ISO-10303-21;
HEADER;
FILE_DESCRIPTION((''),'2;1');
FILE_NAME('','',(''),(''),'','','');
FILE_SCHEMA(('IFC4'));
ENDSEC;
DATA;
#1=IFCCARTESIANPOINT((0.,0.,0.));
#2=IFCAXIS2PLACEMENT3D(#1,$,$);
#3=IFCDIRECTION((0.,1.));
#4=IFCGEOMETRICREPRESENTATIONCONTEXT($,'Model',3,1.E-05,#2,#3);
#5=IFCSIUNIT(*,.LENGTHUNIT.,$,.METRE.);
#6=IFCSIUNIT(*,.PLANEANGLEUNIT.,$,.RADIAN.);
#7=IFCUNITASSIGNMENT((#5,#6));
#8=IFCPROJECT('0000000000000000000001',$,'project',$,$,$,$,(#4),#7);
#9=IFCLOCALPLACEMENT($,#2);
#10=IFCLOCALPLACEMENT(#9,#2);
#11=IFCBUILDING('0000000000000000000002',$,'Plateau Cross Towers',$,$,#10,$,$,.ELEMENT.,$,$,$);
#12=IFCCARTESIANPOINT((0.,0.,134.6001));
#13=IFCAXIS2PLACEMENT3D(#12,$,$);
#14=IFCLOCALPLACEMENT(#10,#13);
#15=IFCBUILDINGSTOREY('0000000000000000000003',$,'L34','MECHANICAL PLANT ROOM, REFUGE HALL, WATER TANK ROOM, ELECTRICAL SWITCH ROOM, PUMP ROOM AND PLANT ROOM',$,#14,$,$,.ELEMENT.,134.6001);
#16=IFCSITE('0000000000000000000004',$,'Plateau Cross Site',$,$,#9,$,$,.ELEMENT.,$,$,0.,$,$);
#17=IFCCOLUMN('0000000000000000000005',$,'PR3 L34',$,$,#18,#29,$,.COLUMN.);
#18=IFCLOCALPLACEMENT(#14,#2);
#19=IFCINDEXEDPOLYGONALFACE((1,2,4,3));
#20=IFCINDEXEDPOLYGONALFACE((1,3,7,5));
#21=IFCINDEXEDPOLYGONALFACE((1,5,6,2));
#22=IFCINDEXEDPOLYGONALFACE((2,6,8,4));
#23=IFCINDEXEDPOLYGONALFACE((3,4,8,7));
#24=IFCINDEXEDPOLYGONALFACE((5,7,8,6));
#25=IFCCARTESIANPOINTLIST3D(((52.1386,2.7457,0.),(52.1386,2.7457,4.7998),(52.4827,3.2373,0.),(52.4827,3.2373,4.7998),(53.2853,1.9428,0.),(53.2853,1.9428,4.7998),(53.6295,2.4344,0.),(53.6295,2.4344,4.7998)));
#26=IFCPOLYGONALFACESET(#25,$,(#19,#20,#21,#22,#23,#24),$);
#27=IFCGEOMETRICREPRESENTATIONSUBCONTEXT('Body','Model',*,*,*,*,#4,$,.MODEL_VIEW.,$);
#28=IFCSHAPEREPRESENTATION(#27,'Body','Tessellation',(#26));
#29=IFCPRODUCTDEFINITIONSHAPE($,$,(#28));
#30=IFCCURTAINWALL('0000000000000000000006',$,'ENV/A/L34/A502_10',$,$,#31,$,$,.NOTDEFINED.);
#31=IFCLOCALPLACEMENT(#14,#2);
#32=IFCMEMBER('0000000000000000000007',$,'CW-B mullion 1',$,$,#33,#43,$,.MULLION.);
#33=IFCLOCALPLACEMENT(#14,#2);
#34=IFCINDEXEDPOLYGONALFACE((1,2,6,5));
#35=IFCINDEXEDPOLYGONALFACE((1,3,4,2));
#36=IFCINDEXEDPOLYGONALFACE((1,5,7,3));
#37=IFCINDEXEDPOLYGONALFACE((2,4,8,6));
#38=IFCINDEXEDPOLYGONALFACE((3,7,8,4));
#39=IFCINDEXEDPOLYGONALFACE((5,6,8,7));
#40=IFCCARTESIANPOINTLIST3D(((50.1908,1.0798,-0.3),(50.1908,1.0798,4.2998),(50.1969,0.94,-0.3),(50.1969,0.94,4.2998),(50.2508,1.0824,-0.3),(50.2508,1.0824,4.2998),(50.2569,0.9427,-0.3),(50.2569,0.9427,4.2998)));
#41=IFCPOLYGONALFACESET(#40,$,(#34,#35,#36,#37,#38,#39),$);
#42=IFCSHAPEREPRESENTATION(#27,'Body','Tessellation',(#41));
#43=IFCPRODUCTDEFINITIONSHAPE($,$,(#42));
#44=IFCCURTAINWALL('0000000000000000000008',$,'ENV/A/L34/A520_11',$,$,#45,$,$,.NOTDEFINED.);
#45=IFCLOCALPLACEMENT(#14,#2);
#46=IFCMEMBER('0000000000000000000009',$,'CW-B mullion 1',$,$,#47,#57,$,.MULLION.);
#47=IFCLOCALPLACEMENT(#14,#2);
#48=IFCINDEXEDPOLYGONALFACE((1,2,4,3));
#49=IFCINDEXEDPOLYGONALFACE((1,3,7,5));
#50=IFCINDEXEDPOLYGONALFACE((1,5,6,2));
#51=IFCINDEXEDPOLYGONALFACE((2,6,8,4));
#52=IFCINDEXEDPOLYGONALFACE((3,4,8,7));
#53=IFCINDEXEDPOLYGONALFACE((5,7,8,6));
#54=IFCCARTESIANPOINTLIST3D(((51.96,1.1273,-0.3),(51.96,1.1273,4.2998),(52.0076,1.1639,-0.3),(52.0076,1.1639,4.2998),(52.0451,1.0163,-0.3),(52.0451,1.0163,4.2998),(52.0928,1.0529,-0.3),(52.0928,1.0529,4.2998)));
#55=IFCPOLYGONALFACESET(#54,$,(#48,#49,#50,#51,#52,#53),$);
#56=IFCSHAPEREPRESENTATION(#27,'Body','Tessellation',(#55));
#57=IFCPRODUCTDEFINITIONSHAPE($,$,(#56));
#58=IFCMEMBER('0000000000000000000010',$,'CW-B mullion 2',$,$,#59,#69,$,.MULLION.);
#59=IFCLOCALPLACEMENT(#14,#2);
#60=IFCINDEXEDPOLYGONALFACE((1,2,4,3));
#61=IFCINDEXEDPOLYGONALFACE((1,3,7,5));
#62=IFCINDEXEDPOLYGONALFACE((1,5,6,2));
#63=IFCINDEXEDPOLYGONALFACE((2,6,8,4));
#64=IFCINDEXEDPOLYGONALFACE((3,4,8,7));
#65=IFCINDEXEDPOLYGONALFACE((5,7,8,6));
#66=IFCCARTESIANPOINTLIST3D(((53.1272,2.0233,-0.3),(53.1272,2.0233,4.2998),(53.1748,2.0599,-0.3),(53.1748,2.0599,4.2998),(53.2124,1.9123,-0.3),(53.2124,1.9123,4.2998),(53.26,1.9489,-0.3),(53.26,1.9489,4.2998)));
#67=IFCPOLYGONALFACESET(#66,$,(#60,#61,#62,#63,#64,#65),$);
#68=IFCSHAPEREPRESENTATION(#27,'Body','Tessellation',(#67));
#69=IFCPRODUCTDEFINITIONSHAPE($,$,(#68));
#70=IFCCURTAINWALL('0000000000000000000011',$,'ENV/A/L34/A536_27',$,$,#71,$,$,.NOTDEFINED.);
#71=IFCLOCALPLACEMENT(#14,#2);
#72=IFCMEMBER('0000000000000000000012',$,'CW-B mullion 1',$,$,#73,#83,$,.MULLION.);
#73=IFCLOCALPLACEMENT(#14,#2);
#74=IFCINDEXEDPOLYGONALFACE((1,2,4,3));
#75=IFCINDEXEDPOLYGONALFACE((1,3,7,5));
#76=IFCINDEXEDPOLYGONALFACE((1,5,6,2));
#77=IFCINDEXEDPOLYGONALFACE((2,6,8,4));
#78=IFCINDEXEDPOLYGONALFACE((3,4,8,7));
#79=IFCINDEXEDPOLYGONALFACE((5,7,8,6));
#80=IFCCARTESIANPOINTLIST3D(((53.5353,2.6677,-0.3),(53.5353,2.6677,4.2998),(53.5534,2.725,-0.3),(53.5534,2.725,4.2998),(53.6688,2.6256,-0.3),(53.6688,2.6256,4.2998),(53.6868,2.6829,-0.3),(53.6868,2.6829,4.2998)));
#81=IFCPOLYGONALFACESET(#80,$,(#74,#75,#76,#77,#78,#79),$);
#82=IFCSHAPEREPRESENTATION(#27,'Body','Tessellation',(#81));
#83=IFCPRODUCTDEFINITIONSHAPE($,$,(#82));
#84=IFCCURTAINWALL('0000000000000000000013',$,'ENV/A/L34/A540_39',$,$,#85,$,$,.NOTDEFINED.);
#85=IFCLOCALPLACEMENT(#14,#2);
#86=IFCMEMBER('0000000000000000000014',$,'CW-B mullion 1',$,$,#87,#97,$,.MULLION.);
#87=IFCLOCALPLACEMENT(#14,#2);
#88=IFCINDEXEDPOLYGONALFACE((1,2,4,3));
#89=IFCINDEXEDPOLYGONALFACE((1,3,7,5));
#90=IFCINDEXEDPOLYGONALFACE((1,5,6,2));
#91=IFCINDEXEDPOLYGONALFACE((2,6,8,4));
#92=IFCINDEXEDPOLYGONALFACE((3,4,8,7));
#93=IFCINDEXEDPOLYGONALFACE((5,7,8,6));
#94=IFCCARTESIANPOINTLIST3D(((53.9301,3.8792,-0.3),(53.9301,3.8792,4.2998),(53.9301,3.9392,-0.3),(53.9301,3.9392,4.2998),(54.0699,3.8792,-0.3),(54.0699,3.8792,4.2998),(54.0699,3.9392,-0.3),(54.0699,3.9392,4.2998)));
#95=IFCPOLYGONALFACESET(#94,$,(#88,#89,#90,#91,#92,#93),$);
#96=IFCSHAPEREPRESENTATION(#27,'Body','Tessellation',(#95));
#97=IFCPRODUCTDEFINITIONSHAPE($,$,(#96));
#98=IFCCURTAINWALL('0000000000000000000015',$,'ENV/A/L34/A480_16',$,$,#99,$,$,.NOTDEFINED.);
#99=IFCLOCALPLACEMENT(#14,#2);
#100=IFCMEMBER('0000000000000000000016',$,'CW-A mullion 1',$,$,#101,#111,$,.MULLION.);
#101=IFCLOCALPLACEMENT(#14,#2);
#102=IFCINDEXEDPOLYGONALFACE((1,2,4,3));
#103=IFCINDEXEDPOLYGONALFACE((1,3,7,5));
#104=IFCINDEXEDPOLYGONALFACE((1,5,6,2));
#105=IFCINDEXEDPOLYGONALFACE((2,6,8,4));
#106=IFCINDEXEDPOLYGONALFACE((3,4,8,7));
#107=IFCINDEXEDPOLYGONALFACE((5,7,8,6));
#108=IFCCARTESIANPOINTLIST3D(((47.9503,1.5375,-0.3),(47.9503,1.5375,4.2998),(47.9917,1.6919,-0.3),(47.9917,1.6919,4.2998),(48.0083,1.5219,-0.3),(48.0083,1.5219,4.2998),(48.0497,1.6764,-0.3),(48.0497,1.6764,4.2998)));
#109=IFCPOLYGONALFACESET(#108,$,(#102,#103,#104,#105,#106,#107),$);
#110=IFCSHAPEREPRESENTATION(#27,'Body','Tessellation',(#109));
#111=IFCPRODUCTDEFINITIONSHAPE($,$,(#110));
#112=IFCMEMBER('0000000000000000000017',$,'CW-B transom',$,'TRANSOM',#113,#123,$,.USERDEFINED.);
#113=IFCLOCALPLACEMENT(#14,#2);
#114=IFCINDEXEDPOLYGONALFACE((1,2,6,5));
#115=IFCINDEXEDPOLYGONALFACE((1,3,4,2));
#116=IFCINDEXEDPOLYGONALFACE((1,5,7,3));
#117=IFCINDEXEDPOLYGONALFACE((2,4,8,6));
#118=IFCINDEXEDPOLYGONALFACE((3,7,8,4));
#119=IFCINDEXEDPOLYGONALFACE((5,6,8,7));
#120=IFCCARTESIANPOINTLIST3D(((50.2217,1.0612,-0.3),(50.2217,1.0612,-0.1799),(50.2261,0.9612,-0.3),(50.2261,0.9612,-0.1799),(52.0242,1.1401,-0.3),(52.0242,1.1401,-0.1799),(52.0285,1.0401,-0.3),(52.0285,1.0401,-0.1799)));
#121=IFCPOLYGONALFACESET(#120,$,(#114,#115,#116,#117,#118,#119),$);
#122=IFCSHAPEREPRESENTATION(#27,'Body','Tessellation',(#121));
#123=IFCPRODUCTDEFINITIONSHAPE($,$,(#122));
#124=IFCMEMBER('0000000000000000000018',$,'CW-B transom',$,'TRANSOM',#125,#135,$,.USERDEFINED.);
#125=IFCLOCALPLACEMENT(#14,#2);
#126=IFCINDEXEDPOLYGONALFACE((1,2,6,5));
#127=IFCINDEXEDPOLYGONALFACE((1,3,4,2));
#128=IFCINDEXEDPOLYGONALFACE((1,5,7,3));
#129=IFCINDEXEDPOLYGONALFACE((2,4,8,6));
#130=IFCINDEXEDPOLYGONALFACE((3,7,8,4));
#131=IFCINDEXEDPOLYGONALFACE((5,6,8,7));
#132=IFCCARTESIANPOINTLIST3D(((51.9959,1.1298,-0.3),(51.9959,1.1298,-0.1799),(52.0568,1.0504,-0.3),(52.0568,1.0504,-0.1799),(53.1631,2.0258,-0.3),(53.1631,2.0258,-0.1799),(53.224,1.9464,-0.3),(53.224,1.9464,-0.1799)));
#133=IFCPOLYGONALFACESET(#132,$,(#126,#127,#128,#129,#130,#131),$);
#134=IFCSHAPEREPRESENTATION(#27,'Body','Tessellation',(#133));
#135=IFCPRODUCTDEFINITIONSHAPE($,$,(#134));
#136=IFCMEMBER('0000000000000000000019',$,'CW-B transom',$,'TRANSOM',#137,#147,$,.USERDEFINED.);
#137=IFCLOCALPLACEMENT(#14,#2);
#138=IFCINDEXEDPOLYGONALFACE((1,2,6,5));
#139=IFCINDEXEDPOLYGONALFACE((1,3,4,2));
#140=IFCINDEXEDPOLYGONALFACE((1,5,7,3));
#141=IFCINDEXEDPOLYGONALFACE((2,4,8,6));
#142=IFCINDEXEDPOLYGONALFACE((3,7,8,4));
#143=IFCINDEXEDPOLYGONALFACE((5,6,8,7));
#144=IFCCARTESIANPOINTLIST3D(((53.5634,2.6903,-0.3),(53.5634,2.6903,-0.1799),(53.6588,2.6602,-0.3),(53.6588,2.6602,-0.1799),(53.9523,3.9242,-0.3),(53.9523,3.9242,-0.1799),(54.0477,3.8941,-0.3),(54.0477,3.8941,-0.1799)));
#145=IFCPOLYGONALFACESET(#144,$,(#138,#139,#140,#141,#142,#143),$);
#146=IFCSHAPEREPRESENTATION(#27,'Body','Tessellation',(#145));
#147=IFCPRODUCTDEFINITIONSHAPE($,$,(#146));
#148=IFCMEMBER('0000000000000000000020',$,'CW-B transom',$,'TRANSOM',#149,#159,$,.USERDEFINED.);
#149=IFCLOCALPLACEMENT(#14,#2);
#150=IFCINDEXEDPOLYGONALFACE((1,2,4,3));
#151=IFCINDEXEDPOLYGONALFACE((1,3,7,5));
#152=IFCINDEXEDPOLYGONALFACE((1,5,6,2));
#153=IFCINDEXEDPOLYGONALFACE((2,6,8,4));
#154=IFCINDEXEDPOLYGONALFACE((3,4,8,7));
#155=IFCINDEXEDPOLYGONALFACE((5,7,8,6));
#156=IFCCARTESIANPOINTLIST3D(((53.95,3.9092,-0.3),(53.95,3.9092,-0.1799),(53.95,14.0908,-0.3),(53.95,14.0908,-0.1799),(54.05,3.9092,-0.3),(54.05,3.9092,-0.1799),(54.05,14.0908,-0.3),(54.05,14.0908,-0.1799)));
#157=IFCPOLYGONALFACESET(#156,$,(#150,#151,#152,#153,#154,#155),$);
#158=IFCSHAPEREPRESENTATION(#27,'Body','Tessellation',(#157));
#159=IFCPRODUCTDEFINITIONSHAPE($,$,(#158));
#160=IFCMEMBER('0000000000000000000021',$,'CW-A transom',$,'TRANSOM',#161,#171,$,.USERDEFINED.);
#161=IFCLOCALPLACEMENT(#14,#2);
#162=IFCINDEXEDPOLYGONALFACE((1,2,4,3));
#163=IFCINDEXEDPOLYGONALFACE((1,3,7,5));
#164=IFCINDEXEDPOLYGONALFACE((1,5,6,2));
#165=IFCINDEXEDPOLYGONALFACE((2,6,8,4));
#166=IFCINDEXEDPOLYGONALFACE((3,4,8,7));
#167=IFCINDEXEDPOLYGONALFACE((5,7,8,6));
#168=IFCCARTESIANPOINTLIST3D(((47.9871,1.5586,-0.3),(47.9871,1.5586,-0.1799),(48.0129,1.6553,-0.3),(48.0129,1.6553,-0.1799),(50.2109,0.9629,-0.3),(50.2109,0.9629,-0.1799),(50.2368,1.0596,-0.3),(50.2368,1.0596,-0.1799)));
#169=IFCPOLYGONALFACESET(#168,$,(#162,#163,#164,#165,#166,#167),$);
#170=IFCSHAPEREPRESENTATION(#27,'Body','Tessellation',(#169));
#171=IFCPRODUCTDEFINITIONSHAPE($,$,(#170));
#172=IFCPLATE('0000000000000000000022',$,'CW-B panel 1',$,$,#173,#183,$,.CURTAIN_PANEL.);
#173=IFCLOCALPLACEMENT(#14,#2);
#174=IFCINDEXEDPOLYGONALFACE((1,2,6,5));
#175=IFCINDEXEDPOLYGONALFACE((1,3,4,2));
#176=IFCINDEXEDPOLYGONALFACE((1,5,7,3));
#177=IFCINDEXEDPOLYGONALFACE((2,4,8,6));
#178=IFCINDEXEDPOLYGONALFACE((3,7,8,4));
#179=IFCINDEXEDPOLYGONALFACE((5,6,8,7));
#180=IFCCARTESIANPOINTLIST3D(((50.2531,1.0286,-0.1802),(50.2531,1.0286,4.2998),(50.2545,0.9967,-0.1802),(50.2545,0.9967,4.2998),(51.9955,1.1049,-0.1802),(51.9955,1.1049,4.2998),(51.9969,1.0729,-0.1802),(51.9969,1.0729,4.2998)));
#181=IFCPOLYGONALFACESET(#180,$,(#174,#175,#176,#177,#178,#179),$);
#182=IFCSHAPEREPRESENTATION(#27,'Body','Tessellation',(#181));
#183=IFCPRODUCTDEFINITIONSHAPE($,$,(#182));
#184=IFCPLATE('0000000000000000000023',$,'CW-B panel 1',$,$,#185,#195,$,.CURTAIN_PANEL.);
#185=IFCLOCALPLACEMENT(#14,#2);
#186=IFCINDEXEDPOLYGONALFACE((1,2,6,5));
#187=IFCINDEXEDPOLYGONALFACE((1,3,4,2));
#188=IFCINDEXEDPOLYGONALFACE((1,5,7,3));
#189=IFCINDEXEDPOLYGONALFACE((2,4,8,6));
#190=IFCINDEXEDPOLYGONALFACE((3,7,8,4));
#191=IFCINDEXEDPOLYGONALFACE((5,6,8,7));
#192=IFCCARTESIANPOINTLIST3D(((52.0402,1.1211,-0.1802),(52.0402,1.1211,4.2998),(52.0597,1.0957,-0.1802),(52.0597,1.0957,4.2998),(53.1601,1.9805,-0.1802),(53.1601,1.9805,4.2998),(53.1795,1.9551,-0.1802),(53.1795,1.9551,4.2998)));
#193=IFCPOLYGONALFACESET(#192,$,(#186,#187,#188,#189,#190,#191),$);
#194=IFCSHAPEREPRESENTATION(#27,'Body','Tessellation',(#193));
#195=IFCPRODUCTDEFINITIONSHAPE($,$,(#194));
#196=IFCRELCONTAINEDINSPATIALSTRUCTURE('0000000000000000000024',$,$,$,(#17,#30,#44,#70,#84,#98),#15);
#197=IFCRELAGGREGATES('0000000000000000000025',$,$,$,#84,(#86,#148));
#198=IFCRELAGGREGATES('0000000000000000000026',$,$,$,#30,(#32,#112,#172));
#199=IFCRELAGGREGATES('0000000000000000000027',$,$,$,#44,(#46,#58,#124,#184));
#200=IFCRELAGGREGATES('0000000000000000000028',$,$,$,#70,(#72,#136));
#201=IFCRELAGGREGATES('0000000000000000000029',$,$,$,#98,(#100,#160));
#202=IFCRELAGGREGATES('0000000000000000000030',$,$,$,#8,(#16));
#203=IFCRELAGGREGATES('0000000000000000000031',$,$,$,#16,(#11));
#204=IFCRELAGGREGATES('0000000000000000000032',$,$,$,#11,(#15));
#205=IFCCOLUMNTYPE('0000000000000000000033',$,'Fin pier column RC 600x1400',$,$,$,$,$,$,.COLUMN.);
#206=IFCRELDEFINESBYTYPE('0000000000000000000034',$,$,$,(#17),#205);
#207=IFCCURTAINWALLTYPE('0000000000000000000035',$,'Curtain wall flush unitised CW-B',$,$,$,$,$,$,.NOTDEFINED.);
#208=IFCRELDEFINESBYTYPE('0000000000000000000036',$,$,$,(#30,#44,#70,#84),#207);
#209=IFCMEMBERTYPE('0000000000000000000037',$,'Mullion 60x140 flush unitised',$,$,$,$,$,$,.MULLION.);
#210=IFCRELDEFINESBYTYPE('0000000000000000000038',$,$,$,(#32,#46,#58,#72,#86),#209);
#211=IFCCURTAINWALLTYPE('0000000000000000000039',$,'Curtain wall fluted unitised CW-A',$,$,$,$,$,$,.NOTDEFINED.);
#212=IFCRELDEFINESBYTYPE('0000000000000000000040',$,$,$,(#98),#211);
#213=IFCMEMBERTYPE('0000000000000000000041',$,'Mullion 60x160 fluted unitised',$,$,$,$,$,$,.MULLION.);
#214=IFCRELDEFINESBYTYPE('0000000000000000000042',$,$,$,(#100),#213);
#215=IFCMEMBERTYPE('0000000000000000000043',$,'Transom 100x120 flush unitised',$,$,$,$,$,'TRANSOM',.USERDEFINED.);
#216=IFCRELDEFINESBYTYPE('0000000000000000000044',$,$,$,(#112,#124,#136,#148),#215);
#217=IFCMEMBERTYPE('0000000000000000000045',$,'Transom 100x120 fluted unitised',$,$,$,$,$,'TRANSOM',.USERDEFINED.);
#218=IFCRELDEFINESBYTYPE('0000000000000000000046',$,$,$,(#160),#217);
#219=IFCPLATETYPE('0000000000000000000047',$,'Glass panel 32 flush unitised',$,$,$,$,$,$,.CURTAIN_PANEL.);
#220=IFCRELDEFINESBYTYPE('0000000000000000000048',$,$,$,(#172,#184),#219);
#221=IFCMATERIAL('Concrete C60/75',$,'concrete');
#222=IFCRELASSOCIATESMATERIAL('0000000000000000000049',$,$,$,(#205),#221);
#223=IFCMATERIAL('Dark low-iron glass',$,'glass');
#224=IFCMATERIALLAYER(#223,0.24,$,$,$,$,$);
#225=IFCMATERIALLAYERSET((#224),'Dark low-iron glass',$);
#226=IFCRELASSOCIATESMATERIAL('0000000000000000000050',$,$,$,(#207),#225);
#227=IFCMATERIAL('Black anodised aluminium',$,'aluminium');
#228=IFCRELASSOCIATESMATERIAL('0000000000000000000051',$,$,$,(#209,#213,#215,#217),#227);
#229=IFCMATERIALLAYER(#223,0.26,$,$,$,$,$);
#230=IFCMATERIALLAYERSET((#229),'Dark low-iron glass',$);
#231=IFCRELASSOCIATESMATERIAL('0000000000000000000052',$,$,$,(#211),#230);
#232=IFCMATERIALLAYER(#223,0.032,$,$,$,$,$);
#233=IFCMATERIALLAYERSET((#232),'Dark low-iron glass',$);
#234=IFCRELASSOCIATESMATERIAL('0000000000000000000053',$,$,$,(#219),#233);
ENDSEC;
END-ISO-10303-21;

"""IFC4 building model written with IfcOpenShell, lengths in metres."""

from ifc_helpers import new_model, si_unit, direction, frame, origin, origin_2d, place, context, subcontext, project, spatial, rectangle, extrude, material, layer, layer_set, material_profile, profile_set, type_object, element, aggregate, save


model = new_model("IFC4")

# Units and contexts
model_context = context("Model", 3, precision=1e-05, world=origin(), true_north=direction((0.0, 1.0)))
body_context = subcontext(model_context, "Body", "Model", "MODEL_VIEW")
ifc_project = project(units=[si_unit("LENGTHUNIT", "METRE"), si_unit("PLANEANGLEUNIT", "RADIAN")], contexts=[model_context])

# Site, building, storey
site_placement = place(None, origin())
site = spatial("IfcSite", under=ifc_project, at=site_placement, Name="Plateau Cross Site", CompositionType="ELEMENT", RefElevation=0.0)
building_placement = place(site_placement, origin())
building = spatial("IfcBuilding", under=site, at=building_placement, Name="Plateau Cross Towers", CompositionType="ELEMENT")
storey_placement = place(building_placement, frame((0.0, 0.0, 134.6001)))
storey = spatial("IfcBuildingStorey", under=building, at=storey_placement, Name="L34", Description="MECHANICAL PLANT ROOM, REFUGE HALL, WATER TANK ROOM, ELECTRICAL SWITCH ROOM, PUMP ROOM AND PLANT ROOM", CompositionType="ELEMENT", Elevation=134.6001)

# Column
ifc_material_1 = material(Name="Concrete C60/75", Category="concrete")
ifc_material_profile_1 = material_profile(ifc_material_1, rectangle(XDim=0.6001, YDim=1.3999, at=origin_2d()), Name="RC 600x1400")
ifc_profile_set_1 = profile_set([ifc_material_profile_1], Name="Concrete C60/75")
column_type = type_object("IfcColumnType", Name="Fin pier column RC 600x1400", PredefinedType="COLUMN", material=ifc_profile_set_1)
column_placement = place(storey_placement, frame((52.884, 2.5901, 0.0), z_axis=(0.0, 0.0, 1.0), x_axis=(0.573543, 0.819176, 0.0)))
element("IfcColumn", 1, at=column_placement, inside=storey, type_object=column_type, Name="PR3 L34", PredefinedType="COLUMN", context=body_context, shape_type="SweptSolid", body=[
    extrude(rectangle(XDim=0.6001, YDim=1.3999, at=origin_2d()), origin(), (0.0, 0.0, 1.0), 4.7998),
])

# Curtain wall, member
ifc_material_2 = material(Name="Dark low-iron glass", Category="glass")
ifc_layer_1 = layer(ifc_material_2, 0.24)
ifc_layer_set_1 = layer_set([ifc_layer_1], Name="Dark low-iron glass")
curtain_wall_type_1 = type_object("IfcCurtainWallType", Name="Curtain wall flush unitised CW-B", PredefinedType="NOTDEFINED", material=ifc_layer_set_1)
curtain_wall_1_placement = place(storey_placement, origin())
curtain_wall_1 = element("IfcCurtainWall", 2, at=curtain_wall_1_placement, inside=storey, type_object=curtain_wall_type_1, Name="ENV/A/L34/A502_10", PredefinedType="NOTDEFINED")
ifc_material_3 = material(Name="Black anodised aluminium", Category="aluminium")
ifc_material_profile_2 = material_profile(ifc_material_3, rectangle(XDim=0.0601, YDim=0.1399, at=origin_2d()), Name="MULLION 60x140")
ifc_profile_set_2 = profile_set([ifc_material_profile_2], Name="Black anodised aluminium")
member_type_1 = type_object("IfcMemberType", Name="Mullion 60x140 flush unitised", PredefinedType="MULLION", material=ifc_profile_set_2)
member_1_placement = place(storey_placement, frame((50.2239, 1.0112, -0.3), z_axis=(0.0, 0.0, 1.0), x_axis=(0.999044, 0.043723, 0.0)))
member_1 = element("IfcMember", 3, at=member_1_placement, type_object=member_type_1, Name="CW-B mullion 1", PredefinedType="MULLION", context=body_context, shape_type="SweptSolid", body=[
    extrude(rectangle(XDim=0.0601, YDim=0.1399, at=origin_2d()), origin(), (0.0, 0.0, 1.0), 4.5999),
])

# Curtain wall, members
curtain_wall_2_placement = place(storey_placement, origin())
curtain_wall_2 = element("IfcCurtainWall", 4, at=curtain_wall_2_placement, inside=storey, type_object=curtain_wall_type_1, Name="ENV/A/L34/A520_11", PredefinedType="NOTDEFINED")
member_2_placement = place(storey_placement, frame((52.0264, 1.0901, -0.3), z_axis=(0.0, 0.0, 1.0), x_axis=(0.793316, 0.608811, 0.0)))
member_2 = element("IfcMember", 5, at=member_2_placement, type_object=member_type_1, Name="CW-B mullion 1", PredefinedType="MULLION", context=body_context, shape_type="SweptSolid", body=[
    extrude(rectangle(XDim=0.0601, YDim=0.1399, at=origin_2d()), origin(), (0.0, 0.0, 1.0), 4.5999),
])
member_3_placement = place(storey_placement, frame((53.1936, 1.9861, -0.3), z_axis=(0.0, 0.0, 1.0), x_axis=(0.793316, 0.608811, 0.0)))
member_3 = element("IfcMember", 6, at=member_3_placement, type_object=member_type_1, Name="CW-B mullion 2", PredefinedType="MULLION", context=body_context, shape_type="SweptSolid", body=[
    extrude(rectangle(XDim=0.0601, YDim=0.1399, at=origin_2d()), origin(), (0.0, 0.0, 1.0), 4.5999),
])

# Curtain walls, members
curtain_wall_3_placement = place(storey_placement, origin())
curtain_wall_3 = element("IfcCurtainWall", 7, at=curtain_wall_3_placement, inside=storey, type_object=curtain_wall_type_1, Name="ENV/A/L34/A536_27", PredefinedType="NOTDEFINED")
member_4_placement = place(storey_placement, frame((53.6111, 2.6753, -0.3), z_axis=(0.0, 0.0, 1.0), x_axis=(0.300686, 0.953723, 0.0)))
member_4 = element("IfcMember", 8, at=member_4_placement, type_object=member_type_1, Name="CW-B mullion 1", PredefinedType="MULLION", context=body_context, shape_type="SweptSolid", body=[
    extrude(rectangle(XDim=0.0601, YDim=0.1399, at=origin_2d()), origin(), (0.0, 0.0, 1.0), 4.5999),
])
curtain_wall_4_placement = place(storey_placement, origin())
curtain_wall_4 = element("IfcCurtainWall", 9, at=curtain_wall_4_placement, inside=storey, type_object=curtain_wall_type_1, Name="ENV/A/L34/A540_39", PredefinedType="NOTDEFINED")
member_5_placement = place(storey_placement, frame((54.0, 3.9092, -0.3), z_axis=(0.0, 0.0, 1.0), x_axis=(0.0, 1.0, 0.0)))
member_5 = element("IfcMember", 10, at=member_5_placement, type_object=member_type_1, Name="CW-B mullion 1", PredefinedType="MULLION", context=body_context, shape_type="SweptSolid", body=[
    extrude(rectangle(XDim=0.0601, YDim=0.1399, at=origin_2d()), origin(), (0.0, 0.0, 1.0), 4.5999),
])
ifc_layer_2 = layer(ifc_material_2, 0.26)
ifc_layer_set_2 = layer_set([ifc_layer_2], Name="Dark low-iron glass")
curtain_wall_type_2 = type_object("IfcCurtainWallType", Name="Curtain wall fluted unitised CW-A", PredefinedType="NOTDEFINED", material=ifc_layer_set_2)
curtain_wall_5_placement = place(storey_placement, origin())
curtain_wall_5 = element("IfcCurtainWall", 11, at=curtain_wall_5_placement, inside=storey, type_object=curtain_wall_type_2, Name="ENV/A/L34/A480_16", PredefinedType="NOTDEFINED")
ifc_material_profile_3 = material_profile(ifc_material_3, rectangle(XDim=0.0601, YDim=0.1599, at=origin_2d()), Name="MULLION 60x160")
ifc_profile_set_3 = profile_set([ifc_material_profile_3], Name="Black anodised aluminium")
member_type_2 = type_object("IfcMemberType", Name="Mullion 60x160 fluted unitised", PredefinedType="MULLION", material=ifc_profile_set_3)
member_6_placement = place(storey_placement, frame((48.0, 1.6069, -0.3), z_axis=(0.0, 0.0, 1.0), x_axis=(0.965958, -0.258699, 0.0)))
member_6 = element("IfcMember", 12, at=member_6_placement, type_object=member_type_2, Name="CW-A mullion 1", PredefinedType="MULLION", context=body_context, shape_type="SweptSolid", body=[
    extrude(rectangle(XDim=0.0601, YDim=0.1599, at=origin_2d()), origin(), (0.0, 0.0, 1.0), 4.5999),
])

# Members
ifc_material_profile_4 = material_profile(ifc_material_3, rectangle(XDim=0.1001, YDim=0.1201, at=origin_2d()), Name="TRANSOM 100x120")
ifc_profile_set_4 = profile_set([ifc_material_profile_4], Name="Black anodised aluminium")
member_type_3 = type_object("IfcMemberType", Name="Transom 100x120 flush unitised", ElementType="TRANSOM", PredefinedType="USERDEFINED", material=ifc_profile_set_4)
member_7_placement = place(storey_placement, frame((50.2239, 1.0112, -0.24), z_axis=(0.999044, 0.043707, 0.0), x_axis=(-0.043707, 0.999044, 0.0)))
member_7 = element("IfcMember", 13, at=member_7_placement, type_object=member_type_3, Name="CW-B transom", ObjectType="TRANSOM", PredefinedType="USERDEFINED", context=body_context, shape_type="SweptSolid", body=[
    extrude(rectangle(XDim=0.1001, YDim=0.1201, at=origin_2d()), origin(), (0.0, 0.0, 1.0), 1.8042),
])
member_8_placement = place(storey_placement, frame((52.0264, 1.0901, -0.24), z_axis=(0.79324, 0.608909, 0.0), x_axis=(-0.608909, 0.79324, 0.0)))
member_8 = element("IfcMember", 14, at=member_8_placement, type_object=member_type_3, Name="CW-B transom", ObjectType="TRANSOM", PredefinedType="USERDEFINED", context=body_context, shape_type="SweptSolid", body=[
    extrude(rectangle(XDim=0.1001, YDim=0.1201, at=origin_2d()), origin(), (0.0, 0.0, 1.0), 1.4714),
])
member_9_placement = place(storey_placement, frame((53.6111, 2.6753, -0.24), z_axis=(0.300617, 0.953745, 0.0), x_axis=(-0.953745, 0.300617, 0.0)))
member_9 = element("IfcMember", 15, at=member_9_placement, type_object=member_type_3, Name="CW-B transom", ObjectType="TRANSOM", PredefinedType="USERDEFINED", context=body_context, shape_type="SweptSolid", body=[
    extrude(rectangle(XDim=0.1001, YDim=0.1201, at=origin_2d()), origin(), (0.0, 0.0, 1.0), 1.2937),
])
member_10_placement = place(storey_placement, frame((54.0, 3.9092, -0.24), z_axis=(0.0, 1.0, 0.0), x_axis=(-1.0, 0.0, 0.0)))
member_10 = element("IfcMember", 16, at=member_10_placement, type_object=member_type_3, Name="CW-B transom", ObjectType="TRANSOM", PredefinedType="USERDEFINED", context=body_context, shape_type="SweptSolid", body=[
    extrude(rectangle(XDim=0.1001, YDim=0.1201, at=origin_2d()), origin(), (0.0, 0.0, 1.0), 10.1816),
])
aggregate(curtain_wall_4, [member_5, member_10])
ifc_material_profile_5 = material_profile(ifc_material_3, rectangle(XDim=0.1001, YDim=0.1201, at=origin_2d()), Name="TRANSOM 100x120")
ifc_profile_set_5 = profile_set([ifc_material_profile_5], Name="Black anodised aluminium")
member_type_4 = type_object("IfcMemberType", Name="Transom 100x120 fluted unitised", ElementType="TRANSOM", PredefinedType="USERDEFINED", material=ifc_profile_set_5)
member_11_placement = place(storey_placement, frame((48.0, 1.6069, -0.24), z_axis=(0.965946, -0.258745, 0.0), x_axis=(0.258745, 0.965946, 0.0)))
member_11 = element("IfcMember", 17, at=member_11_placement, type_object=member_type_4, Name="CW-A transom", ObjectType="TRANSOM", PredefinedType="USERDEFINED", context=body_context, shape_type="SweptSolid", body=[
    extrude(rectangle(XDim=0.1001, YDim=0.1201, at=origin_2d()), origin(), (0.0, 0.0, 1.0), 2.3022),
])

# Plates
ifc_layer_3 = layer(ifc_material_2, 0.032)
ifc_layer_set_3 = layer_set([ifc_layer_3], Name="Dark low-iron glass")
plate_type_1 = type_object("IfcPlateType", Name="Glass panel 32 flush unitised", PredefinedType="CURTAIN_PANEL", material=ifc_layer_set_3)
plate_1_placement = place(storey_placement, frame((51.125, 1.0508, -0.1802), z_axis=(0.0, 0.0, 1.0), x_axis=(0.999044, 0.043723, 0.0)))
plate_1 = element("IfcPlate", 18, at=plate_1_placement, type_object=plate_type_1, Name="CW-B panel 1", PredefinedType="CURTAIN_PANEL", context=body_context, shape_type="SweptSolid", body=[
    extrude(rectangle(XDim=1.7441, YDim=0.032, at=origin_2d()), origin(), (0.0, 0.0, 1.0), 4.48),
])
aggregate(curtain_wall_1, [member_1, member_7, plate_1])
plate_2_placement = place(storey_placement, frame((52.6099, 1.5381, -0.1802), z_axis=(0.0, 0.0, 1.0), x_axis=(0.793316, 0.608811, 0.0)))
plate_2 = element("IfcPlate", 19, at=plate_2_placement, type_object=plate_type_1, Name="CW-B panel 1", PredefinedType="CURTAIN_PANEL", context=body_context, shape_type="SweptSolid", body=[
    extrude(rectangle(XDim=1.4116, YDim=0.032, at=origin_2d()), origin(), (0.0, 0.0, 1.0), 4.48),
])
aggregate(curtain_wall_2, [member_2, member_3, member_8, plate_2])
aggregate(curtain_wall_3, [member_4, member_9])

aggregate(curtain_wall_5, [member_6, member_11])

save(model, "model.ifc")
